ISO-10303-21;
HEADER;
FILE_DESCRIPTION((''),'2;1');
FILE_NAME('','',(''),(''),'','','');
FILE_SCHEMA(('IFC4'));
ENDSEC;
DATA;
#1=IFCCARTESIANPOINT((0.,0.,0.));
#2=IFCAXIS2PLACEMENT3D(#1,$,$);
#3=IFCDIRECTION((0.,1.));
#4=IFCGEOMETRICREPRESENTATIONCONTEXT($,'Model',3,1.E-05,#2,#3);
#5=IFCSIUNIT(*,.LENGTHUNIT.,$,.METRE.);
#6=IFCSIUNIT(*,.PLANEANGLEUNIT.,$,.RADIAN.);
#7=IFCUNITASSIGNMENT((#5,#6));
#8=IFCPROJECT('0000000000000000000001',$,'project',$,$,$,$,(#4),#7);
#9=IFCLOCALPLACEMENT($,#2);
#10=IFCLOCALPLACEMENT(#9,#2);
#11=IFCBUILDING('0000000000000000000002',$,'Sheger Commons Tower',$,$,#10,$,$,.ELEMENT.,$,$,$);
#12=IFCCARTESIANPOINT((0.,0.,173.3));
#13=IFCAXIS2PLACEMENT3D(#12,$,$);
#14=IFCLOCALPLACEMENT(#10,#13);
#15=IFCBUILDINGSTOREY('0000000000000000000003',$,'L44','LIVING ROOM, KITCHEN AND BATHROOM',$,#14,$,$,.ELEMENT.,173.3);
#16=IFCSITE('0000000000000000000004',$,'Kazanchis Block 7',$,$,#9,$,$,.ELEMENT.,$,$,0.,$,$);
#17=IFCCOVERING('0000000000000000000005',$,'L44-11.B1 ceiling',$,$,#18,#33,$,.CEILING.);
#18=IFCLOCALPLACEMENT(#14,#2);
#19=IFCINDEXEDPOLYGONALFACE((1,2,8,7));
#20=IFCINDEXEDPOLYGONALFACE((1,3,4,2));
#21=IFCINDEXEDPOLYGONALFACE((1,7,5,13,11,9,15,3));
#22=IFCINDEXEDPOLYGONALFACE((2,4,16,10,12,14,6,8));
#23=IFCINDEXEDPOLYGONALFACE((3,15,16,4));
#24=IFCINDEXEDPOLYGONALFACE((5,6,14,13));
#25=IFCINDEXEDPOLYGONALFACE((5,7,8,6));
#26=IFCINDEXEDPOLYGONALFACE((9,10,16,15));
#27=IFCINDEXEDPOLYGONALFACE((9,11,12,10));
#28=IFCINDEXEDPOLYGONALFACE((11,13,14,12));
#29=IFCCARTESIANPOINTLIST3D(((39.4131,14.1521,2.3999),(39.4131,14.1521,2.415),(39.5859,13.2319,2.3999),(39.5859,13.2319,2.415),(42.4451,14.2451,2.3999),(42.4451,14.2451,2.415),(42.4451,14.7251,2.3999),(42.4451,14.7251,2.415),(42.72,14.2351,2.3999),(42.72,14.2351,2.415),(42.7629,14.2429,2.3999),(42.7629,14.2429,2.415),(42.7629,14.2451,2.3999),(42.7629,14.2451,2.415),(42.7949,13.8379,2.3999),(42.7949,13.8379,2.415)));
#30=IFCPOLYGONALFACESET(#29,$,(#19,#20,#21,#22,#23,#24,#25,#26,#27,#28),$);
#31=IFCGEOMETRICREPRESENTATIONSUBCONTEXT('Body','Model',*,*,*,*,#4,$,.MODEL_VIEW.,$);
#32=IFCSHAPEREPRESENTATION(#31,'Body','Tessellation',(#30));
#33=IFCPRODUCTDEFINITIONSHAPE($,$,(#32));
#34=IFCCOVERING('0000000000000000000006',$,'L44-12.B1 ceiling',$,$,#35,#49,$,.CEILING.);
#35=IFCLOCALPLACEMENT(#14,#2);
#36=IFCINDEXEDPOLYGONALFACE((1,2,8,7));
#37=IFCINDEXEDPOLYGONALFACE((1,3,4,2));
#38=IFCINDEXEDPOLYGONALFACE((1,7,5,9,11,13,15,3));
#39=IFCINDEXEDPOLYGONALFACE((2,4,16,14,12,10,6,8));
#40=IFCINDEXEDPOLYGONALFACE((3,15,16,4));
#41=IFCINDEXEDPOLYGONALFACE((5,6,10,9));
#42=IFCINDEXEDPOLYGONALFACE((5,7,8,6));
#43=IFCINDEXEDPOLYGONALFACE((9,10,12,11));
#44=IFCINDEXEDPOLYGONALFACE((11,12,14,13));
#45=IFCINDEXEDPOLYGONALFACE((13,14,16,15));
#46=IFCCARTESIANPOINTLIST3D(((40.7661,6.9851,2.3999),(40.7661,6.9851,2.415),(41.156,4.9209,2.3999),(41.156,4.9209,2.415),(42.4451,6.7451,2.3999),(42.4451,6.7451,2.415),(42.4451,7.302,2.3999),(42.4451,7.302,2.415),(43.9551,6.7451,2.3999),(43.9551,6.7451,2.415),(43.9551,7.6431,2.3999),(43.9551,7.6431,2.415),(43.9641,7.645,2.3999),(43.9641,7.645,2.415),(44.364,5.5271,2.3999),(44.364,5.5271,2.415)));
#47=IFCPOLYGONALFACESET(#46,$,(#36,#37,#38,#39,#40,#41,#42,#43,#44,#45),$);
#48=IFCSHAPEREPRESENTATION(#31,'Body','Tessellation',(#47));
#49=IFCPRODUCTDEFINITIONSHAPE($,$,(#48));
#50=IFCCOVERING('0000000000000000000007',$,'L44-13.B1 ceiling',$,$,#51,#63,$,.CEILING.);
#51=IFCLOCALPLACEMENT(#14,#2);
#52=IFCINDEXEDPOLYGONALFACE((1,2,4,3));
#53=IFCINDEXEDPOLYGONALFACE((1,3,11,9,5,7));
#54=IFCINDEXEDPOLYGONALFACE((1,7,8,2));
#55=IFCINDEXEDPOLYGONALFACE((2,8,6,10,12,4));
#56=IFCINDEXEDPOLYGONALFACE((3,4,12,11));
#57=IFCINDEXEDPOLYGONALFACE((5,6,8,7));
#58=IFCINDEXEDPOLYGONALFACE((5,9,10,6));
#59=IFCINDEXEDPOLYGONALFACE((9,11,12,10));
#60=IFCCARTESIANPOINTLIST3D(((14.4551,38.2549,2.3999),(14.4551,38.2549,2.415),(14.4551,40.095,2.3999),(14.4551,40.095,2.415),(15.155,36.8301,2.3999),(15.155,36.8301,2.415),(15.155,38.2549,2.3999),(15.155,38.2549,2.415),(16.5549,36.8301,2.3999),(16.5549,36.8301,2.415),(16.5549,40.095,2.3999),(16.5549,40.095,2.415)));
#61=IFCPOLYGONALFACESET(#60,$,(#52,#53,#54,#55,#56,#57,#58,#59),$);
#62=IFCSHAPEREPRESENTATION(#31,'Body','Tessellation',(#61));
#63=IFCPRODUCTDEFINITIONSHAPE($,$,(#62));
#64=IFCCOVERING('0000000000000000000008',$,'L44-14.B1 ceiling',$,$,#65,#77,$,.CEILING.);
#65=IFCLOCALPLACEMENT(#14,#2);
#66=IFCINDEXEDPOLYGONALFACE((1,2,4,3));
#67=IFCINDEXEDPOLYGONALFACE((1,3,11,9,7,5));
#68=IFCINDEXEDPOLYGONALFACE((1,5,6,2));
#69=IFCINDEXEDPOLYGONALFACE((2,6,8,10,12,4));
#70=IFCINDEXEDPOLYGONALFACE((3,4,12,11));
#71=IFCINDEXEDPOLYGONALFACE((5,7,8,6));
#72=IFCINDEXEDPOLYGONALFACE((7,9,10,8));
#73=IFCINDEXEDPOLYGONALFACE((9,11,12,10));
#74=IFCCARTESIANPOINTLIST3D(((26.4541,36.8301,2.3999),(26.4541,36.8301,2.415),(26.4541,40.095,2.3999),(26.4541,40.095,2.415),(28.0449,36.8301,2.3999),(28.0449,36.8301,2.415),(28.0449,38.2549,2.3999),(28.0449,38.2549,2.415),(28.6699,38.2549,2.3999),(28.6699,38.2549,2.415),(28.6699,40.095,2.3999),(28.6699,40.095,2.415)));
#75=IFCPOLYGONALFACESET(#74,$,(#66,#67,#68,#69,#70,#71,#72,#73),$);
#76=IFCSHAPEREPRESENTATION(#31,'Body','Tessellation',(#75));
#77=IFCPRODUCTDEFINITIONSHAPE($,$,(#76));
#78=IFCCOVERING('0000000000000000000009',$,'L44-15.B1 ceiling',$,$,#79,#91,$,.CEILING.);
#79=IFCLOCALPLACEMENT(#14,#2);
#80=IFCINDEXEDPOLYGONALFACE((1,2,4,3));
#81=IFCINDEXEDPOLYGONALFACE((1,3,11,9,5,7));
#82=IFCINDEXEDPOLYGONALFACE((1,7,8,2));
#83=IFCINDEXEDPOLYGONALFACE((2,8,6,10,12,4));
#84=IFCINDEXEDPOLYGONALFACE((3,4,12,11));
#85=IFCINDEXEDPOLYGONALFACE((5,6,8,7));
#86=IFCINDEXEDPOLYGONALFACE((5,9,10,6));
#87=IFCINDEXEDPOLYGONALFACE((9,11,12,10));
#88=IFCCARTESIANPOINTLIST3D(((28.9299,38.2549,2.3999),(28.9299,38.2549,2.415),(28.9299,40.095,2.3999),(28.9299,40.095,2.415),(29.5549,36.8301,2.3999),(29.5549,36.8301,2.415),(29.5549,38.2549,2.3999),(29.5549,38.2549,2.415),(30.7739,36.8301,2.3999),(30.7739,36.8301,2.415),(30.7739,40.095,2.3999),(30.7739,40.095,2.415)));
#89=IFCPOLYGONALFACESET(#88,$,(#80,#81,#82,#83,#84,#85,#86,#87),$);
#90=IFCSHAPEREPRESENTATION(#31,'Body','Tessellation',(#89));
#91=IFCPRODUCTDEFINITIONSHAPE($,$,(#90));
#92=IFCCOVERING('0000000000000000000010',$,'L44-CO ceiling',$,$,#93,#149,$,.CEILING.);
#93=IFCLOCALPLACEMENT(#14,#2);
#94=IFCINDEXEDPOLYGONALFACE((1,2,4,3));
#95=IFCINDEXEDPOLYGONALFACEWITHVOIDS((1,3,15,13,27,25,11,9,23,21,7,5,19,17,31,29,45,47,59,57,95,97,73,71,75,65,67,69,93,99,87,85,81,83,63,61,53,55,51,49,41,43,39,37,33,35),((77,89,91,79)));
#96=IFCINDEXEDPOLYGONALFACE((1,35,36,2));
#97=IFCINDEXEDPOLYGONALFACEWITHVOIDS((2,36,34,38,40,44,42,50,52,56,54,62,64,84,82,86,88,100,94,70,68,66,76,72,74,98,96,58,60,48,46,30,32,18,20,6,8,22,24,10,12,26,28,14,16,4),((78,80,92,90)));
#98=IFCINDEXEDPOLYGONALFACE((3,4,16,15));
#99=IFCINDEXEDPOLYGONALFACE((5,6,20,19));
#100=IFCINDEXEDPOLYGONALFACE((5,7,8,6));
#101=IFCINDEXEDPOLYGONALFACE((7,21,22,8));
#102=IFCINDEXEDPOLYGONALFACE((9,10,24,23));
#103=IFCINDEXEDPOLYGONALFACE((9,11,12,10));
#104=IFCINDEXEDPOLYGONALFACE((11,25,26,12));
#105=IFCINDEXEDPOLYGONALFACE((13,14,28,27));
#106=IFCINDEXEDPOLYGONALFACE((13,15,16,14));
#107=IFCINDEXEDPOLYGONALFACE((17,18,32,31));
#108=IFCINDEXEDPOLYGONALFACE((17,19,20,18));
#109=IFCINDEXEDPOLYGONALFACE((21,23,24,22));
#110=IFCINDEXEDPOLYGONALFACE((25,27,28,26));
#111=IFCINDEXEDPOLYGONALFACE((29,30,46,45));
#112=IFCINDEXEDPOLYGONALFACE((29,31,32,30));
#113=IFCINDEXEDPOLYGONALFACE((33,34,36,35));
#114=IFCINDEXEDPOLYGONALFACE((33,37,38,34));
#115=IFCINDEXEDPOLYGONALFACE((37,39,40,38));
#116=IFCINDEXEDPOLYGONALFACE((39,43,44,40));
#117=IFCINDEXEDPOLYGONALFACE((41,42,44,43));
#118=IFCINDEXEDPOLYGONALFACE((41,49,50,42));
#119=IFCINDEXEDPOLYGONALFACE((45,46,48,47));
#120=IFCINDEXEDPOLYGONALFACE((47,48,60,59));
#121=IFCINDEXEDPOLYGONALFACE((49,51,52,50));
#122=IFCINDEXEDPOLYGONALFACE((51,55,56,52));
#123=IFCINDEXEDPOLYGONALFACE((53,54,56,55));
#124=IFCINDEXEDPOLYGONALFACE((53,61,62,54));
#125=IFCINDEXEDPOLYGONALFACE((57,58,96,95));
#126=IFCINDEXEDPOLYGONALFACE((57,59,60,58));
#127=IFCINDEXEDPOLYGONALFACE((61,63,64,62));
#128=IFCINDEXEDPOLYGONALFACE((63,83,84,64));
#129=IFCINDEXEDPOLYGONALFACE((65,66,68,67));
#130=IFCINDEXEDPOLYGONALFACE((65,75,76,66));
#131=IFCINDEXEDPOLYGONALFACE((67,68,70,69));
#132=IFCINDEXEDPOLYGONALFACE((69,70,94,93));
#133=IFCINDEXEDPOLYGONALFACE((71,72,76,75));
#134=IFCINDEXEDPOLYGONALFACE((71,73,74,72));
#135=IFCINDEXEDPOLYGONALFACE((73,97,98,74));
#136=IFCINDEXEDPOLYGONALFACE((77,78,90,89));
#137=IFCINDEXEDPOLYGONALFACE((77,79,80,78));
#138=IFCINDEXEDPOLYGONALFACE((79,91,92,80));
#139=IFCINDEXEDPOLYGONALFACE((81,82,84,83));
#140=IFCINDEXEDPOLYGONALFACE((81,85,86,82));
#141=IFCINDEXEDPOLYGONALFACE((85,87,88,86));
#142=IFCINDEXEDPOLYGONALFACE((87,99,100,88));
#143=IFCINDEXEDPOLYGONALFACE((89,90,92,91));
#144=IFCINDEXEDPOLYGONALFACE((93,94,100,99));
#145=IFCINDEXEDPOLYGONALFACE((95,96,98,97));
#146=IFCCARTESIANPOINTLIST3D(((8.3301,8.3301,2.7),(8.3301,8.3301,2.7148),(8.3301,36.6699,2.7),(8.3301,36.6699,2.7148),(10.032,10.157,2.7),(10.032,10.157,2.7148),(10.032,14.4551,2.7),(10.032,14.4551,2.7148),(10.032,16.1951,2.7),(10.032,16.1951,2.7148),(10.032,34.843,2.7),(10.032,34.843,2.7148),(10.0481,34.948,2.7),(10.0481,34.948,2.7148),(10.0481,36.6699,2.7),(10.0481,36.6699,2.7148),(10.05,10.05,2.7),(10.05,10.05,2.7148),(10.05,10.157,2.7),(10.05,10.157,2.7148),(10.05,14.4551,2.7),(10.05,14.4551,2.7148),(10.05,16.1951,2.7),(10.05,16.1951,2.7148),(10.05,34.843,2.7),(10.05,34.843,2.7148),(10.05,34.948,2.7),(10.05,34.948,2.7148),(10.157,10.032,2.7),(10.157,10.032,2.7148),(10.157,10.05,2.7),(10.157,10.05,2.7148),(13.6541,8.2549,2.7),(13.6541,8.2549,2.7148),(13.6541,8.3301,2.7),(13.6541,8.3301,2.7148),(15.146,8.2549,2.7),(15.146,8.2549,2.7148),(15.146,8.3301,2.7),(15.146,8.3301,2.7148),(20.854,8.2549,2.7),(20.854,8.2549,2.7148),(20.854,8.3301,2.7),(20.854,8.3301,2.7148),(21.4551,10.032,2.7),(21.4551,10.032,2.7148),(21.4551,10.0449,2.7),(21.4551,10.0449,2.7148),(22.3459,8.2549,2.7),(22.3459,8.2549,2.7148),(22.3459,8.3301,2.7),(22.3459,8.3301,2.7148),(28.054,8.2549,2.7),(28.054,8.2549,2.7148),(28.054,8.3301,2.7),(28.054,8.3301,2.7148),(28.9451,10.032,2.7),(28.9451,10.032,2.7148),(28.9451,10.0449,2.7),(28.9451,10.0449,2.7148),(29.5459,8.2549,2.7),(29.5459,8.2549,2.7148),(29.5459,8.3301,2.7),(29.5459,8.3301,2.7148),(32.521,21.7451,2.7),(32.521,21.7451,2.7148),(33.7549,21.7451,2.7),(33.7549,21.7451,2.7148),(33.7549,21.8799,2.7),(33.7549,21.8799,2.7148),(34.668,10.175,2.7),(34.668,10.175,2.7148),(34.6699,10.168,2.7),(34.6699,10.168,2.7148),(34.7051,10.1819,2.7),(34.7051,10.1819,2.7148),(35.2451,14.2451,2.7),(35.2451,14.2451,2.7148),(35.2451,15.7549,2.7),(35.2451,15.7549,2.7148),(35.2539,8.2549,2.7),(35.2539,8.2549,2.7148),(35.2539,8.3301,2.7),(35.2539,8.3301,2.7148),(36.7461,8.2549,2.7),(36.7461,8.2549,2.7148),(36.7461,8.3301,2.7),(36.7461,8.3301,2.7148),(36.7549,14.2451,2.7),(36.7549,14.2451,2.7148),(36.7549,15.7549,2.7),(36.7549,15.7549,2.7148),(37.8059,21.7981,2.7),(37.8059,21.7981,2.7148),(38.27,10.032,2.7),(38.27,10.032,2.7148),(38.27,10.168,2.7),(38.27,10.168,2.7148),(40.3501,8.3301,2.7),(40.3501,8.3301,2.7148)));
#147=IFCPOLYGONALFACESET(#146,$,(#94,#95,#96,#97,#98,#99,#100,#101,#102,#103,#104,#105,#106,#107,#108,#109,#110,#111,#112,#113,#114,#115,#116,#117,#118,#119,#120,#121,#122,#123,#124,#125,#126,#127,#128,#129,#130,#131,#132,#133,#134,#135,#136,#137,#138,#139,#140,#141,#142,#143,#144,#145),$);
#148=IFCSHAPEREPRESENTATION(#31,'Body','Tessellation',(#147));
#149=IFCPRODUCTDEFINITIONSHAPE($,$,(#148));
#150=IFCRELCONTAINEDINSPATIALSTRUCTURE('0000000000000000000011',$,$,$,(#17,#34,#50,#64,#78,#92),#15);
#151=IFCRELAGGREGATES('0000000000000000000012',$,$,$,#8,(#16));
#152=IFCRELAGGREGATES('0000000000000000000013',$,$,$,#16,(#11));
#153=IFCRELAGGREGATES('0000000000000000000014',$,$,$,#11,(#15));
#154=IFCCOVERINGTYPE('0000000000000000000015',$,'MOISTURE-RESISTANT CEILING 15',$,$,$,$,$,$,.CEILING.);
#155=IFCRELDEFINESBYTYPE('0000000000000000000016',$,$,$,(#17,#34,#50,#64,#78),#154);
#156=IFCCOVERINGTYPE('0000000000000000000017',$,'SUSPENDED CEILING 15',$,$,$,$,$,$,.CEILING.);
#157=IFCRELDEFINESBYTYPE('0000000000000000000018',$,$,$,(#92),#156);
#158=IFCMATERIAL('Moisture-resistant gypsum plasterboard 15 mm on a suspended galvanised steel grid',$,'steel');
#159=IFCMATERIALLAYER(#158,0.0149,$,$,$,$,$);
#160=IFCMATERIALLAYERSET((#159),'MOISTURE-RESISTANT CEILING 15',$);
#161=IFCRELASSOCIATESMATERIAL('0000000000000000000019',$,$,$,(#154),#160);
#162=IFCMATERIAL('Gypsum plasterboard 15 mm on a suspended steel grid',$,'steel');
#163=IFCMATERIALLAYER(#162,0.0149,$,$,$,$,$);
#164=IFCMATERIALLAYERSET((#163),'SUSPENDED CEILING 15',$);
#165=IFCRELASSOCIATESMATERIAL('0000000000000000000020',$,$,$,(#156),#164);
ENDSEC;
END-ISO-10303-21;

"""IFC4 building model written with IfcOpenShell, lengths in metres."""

from ifc_helpers import new_model, si_unit, direction, frame, origin, place, context, subcontext, project, spatial, polyline, outline, extrude, material, layer, layer_set, type_object, element, save


model = new_model("IFC4")

# Units and contexts
model_context = context("Model", 3, precision=1e-05, world=origin(), true_north=direction((0.0, 1.0)))
body_context = subcontext(model_context, "Body", "Model", "MODEL_VIEW")
ifc_project = project(units=[si_unit("LENGTHUNIT", "METRE"), si_unit("PLANEANGLEUNIT", "RADIAN")], contexts=[model_context])

# Site, building, storey
site_placement = place(None, origin())
site = spatial("IfcSite", under=ifc_project, at=site_placement, Name="Kazanchis Block 7", CompositionType="ELEMENT", RefElevation=0.0)
building_placement = place(site_placement, origin())
building = spatial("IfcBuilding", under=site, at=building_placement, Name="Sheger Commons Tower", CompositionType="ELEMENT")
storey_placement = place(building_placement, frame((0.0, 0.0, 173.3)))
storey = spatial("IfcBuildingStorey", under=building, at=storey_placement, Name="L44", Description="LIVING ROOM, KITCHEN AND BATHROOM", CompositionType="ELEMENT", Elevation=173.3)

# Coverings
ifc_material_1 = material(Name="Moisture-resistant gypsum plasterboard 15 mm on a suspended galvanised steel grid", Category="steel")
ifc_layer_1 = layer(ifc_material_1, 0.0149)
ifc_layer_set_1 = layer_set([ifc_layer_1], Name="MOISTURE-RESISTANT CEILING 15")
covering_type_1 = type_object("IfcCoveringType", Name="MOISTURE-RESISTANT CEILING 15", PredefinedType="CEILING", material=ifc_layer_set_1)
covering_1_placement = place(storey_placement, frame((0.0, 0.0, 2.3999)))
element("IfcCovering", 1, at=covering_1_placement, inside=storey, type_object=covering_type_1, Name="L44-11.B1 ceiling", PredefinedType="CEILING", context=body_context, shape_type="SweptSolid", body=[
    extrude(outline(polyline([(39.5859, 13.2319), (42.7949, 13.8379), (42.72, 14.2351), (42.7629, 14.2429), (42.7629, 14.2451), (42.4451, 14.2451), (42.4451, 14.7251), (39.4131, 14.1521), (39.5859, 13.2319)])), origin(), (0.0, 0.0, 1.0), 0.0151),
])
covering_2_placement = place(storey_placement, frame((0.0, 0.0, 2.3999)))
element("IfcCovering", 2, at=covering_2_placement, inside=storey, type_object=covering_type_1, Name="L44-12.B1 ceiling", PredefinedType="CEILING", context=body_context, shape_type="SweptSolid", body=[
    extrude(outline(polyline([(41.156, 4.9209), (44.364, 5.5271), (43.9641, 7.645), (43.9551, 7.6431), (43.9551, 6.7451), (42.4451, 6.7451), (42.4451, 7.302), (40.7661, 6.9851), (41.156, 4.9209)])), origin(), (0.0, 0.0, 1.0), 0.0151),
])
covering_3_placement = place(storey_placement, frame((0.0, 0.0, 2.3999)))
element("IfcCovering", 3, at=covering_3_placement, inside=storey, type_object=covering_type_1, Name="L44-13.B1 ceiling", PredefinedType="CEILING", context=body_context, shape_type="SweptSolid", body=[
    extrude(outline(polyline([(15.155, 36.8301), (16.5549, 36.8301), (16.5549, 40.095), (14.4551, 40.095), (14.4551, 38.2549), (15.155, 38.2549), (15.155, 36.8301)])), origin(), (0.0, 0.0, 1.0), 0.0151),
])
covering_4_placement = place(storey_placement, frame((0.0, 0.0, 2.3999)))
element("IfcCovering", 4, at=covering_4_placement, inside=storey, type_object=covering_type_1, Name="L44-14.B1 ceiling", PredefinedType="CEILING", context=body_context, shape_type="SweptSolid", body=[
    extrude(outline(polyline([(26.4541, 36.8301), (28.0449, 36.8301), (28.0449, 38.2549), (28.6699, 38.2549), (28.6699, 40.095), (26.4541, 40.095), (26.4541, 36.8301)])), origin(), (0.0, 0.0, 1.0), 0.0151),
])
covering_5_placement = place(storey_placement, frame((0.0, 0.0, 2.3999)))
element("IfcCovering", 5, at=covering_5_placement, inside=storey, type_object=covering_type_1, Name="L44-15.B1 ceiling", PredefinedType="CEILING", context=body_context, shape_type="SweptSolid", body=[
    extrude(outline(polyline([(29.5549, 36.8301), (30.7739, 36.8301), (30.7739, 40.095), (28.9299, 40.095), (28.9299, 38.2549), (29.5549, 38.2549), (29.5549, 36.8301)])), origin(), (0.0, 0.0, 1.0), 0.0151),
])
ifc_material_2 = material(Name="Gypsum plasterboard 15 mm on a suspended steel grid", Category="steel")
ifc_layer_2 = layer(ifc_material_2, 0.0149)
ifc_layer_set_2 = layer_set([ifc_layer_2], Name="SUSPENDED CEILING 15")
covering_type_2 = type_object("IfcCoveringType", Name="SUSPENDED CEILING 15", PredefinedType="CEILING", material=ifc_layer_set_2)
covering_6_placement = place(storey_placement, frame((0.0, 0.0, 2.7)))
element("IfcCovering", 6, at=covering_6_placement, inside=storey, type_object=covering_type_2, Name="L44-CO ceiling", PredefinedType="CEILING", context=body_context, shape_type="SweptSolid", body=[
    extrude(outline(polyline([(13.6541, 8.2549), (15.146, 8.2549), (15.146, 8.3301), (20.854, 8.3301), (20.854, 8.2549), (22.3459, 8.2549), (22.3459, 8.3301), (28.054, 8.3301), (28.054, 8.2549), (29.5459, 8.2549), (29.5459, 8.3301), (35.2539, 8.3301), (35.2539, 8.2549), (36.7461, 8.2549), (36.7461, 8.3301), (40.3501, 8.3301), (37.8059, 21.7981), (33.7549, 21.8799), (33.7549, 21.7451), (32.521, 21.7451), (34.7051, 10.1819), (34.668, 10.175), (34.6699, 10.168), (38.27, 10.168), (38.27, 10.032), (28.9451, 10.032), (28.9451, 10.0449), (21.4551, 10.0449), (21.4551, 10.032), (10.157, 10.032), (10.157, 10.05), (10.05, 10.05), (10.05, 10.157), (10.032, 10.157), (10.032, 14.4551), (10.05, 14.4551), (10.05, 16.1951), (10.032, 16.1951), (10.032, 34.843), (10.05, 34.843), (10.05, 34.948), (10.0481, 34.948), (10.0481, 36.6699), (8.3301, 36.6699), (8.3301, 8.3301), (13.6541, 8.3301), (13.6541, 8.2549)]), holes=[polyline([(36.7549, 15.7549), (36.7549, 14.2451), (35.2451, 14.2451), (35.2451, 15.7549), (36.7549, 15.7549)])]), origin(), (0.0, 0.0, 1.0), 0.0149),
])

save(model, "model.ifc")
